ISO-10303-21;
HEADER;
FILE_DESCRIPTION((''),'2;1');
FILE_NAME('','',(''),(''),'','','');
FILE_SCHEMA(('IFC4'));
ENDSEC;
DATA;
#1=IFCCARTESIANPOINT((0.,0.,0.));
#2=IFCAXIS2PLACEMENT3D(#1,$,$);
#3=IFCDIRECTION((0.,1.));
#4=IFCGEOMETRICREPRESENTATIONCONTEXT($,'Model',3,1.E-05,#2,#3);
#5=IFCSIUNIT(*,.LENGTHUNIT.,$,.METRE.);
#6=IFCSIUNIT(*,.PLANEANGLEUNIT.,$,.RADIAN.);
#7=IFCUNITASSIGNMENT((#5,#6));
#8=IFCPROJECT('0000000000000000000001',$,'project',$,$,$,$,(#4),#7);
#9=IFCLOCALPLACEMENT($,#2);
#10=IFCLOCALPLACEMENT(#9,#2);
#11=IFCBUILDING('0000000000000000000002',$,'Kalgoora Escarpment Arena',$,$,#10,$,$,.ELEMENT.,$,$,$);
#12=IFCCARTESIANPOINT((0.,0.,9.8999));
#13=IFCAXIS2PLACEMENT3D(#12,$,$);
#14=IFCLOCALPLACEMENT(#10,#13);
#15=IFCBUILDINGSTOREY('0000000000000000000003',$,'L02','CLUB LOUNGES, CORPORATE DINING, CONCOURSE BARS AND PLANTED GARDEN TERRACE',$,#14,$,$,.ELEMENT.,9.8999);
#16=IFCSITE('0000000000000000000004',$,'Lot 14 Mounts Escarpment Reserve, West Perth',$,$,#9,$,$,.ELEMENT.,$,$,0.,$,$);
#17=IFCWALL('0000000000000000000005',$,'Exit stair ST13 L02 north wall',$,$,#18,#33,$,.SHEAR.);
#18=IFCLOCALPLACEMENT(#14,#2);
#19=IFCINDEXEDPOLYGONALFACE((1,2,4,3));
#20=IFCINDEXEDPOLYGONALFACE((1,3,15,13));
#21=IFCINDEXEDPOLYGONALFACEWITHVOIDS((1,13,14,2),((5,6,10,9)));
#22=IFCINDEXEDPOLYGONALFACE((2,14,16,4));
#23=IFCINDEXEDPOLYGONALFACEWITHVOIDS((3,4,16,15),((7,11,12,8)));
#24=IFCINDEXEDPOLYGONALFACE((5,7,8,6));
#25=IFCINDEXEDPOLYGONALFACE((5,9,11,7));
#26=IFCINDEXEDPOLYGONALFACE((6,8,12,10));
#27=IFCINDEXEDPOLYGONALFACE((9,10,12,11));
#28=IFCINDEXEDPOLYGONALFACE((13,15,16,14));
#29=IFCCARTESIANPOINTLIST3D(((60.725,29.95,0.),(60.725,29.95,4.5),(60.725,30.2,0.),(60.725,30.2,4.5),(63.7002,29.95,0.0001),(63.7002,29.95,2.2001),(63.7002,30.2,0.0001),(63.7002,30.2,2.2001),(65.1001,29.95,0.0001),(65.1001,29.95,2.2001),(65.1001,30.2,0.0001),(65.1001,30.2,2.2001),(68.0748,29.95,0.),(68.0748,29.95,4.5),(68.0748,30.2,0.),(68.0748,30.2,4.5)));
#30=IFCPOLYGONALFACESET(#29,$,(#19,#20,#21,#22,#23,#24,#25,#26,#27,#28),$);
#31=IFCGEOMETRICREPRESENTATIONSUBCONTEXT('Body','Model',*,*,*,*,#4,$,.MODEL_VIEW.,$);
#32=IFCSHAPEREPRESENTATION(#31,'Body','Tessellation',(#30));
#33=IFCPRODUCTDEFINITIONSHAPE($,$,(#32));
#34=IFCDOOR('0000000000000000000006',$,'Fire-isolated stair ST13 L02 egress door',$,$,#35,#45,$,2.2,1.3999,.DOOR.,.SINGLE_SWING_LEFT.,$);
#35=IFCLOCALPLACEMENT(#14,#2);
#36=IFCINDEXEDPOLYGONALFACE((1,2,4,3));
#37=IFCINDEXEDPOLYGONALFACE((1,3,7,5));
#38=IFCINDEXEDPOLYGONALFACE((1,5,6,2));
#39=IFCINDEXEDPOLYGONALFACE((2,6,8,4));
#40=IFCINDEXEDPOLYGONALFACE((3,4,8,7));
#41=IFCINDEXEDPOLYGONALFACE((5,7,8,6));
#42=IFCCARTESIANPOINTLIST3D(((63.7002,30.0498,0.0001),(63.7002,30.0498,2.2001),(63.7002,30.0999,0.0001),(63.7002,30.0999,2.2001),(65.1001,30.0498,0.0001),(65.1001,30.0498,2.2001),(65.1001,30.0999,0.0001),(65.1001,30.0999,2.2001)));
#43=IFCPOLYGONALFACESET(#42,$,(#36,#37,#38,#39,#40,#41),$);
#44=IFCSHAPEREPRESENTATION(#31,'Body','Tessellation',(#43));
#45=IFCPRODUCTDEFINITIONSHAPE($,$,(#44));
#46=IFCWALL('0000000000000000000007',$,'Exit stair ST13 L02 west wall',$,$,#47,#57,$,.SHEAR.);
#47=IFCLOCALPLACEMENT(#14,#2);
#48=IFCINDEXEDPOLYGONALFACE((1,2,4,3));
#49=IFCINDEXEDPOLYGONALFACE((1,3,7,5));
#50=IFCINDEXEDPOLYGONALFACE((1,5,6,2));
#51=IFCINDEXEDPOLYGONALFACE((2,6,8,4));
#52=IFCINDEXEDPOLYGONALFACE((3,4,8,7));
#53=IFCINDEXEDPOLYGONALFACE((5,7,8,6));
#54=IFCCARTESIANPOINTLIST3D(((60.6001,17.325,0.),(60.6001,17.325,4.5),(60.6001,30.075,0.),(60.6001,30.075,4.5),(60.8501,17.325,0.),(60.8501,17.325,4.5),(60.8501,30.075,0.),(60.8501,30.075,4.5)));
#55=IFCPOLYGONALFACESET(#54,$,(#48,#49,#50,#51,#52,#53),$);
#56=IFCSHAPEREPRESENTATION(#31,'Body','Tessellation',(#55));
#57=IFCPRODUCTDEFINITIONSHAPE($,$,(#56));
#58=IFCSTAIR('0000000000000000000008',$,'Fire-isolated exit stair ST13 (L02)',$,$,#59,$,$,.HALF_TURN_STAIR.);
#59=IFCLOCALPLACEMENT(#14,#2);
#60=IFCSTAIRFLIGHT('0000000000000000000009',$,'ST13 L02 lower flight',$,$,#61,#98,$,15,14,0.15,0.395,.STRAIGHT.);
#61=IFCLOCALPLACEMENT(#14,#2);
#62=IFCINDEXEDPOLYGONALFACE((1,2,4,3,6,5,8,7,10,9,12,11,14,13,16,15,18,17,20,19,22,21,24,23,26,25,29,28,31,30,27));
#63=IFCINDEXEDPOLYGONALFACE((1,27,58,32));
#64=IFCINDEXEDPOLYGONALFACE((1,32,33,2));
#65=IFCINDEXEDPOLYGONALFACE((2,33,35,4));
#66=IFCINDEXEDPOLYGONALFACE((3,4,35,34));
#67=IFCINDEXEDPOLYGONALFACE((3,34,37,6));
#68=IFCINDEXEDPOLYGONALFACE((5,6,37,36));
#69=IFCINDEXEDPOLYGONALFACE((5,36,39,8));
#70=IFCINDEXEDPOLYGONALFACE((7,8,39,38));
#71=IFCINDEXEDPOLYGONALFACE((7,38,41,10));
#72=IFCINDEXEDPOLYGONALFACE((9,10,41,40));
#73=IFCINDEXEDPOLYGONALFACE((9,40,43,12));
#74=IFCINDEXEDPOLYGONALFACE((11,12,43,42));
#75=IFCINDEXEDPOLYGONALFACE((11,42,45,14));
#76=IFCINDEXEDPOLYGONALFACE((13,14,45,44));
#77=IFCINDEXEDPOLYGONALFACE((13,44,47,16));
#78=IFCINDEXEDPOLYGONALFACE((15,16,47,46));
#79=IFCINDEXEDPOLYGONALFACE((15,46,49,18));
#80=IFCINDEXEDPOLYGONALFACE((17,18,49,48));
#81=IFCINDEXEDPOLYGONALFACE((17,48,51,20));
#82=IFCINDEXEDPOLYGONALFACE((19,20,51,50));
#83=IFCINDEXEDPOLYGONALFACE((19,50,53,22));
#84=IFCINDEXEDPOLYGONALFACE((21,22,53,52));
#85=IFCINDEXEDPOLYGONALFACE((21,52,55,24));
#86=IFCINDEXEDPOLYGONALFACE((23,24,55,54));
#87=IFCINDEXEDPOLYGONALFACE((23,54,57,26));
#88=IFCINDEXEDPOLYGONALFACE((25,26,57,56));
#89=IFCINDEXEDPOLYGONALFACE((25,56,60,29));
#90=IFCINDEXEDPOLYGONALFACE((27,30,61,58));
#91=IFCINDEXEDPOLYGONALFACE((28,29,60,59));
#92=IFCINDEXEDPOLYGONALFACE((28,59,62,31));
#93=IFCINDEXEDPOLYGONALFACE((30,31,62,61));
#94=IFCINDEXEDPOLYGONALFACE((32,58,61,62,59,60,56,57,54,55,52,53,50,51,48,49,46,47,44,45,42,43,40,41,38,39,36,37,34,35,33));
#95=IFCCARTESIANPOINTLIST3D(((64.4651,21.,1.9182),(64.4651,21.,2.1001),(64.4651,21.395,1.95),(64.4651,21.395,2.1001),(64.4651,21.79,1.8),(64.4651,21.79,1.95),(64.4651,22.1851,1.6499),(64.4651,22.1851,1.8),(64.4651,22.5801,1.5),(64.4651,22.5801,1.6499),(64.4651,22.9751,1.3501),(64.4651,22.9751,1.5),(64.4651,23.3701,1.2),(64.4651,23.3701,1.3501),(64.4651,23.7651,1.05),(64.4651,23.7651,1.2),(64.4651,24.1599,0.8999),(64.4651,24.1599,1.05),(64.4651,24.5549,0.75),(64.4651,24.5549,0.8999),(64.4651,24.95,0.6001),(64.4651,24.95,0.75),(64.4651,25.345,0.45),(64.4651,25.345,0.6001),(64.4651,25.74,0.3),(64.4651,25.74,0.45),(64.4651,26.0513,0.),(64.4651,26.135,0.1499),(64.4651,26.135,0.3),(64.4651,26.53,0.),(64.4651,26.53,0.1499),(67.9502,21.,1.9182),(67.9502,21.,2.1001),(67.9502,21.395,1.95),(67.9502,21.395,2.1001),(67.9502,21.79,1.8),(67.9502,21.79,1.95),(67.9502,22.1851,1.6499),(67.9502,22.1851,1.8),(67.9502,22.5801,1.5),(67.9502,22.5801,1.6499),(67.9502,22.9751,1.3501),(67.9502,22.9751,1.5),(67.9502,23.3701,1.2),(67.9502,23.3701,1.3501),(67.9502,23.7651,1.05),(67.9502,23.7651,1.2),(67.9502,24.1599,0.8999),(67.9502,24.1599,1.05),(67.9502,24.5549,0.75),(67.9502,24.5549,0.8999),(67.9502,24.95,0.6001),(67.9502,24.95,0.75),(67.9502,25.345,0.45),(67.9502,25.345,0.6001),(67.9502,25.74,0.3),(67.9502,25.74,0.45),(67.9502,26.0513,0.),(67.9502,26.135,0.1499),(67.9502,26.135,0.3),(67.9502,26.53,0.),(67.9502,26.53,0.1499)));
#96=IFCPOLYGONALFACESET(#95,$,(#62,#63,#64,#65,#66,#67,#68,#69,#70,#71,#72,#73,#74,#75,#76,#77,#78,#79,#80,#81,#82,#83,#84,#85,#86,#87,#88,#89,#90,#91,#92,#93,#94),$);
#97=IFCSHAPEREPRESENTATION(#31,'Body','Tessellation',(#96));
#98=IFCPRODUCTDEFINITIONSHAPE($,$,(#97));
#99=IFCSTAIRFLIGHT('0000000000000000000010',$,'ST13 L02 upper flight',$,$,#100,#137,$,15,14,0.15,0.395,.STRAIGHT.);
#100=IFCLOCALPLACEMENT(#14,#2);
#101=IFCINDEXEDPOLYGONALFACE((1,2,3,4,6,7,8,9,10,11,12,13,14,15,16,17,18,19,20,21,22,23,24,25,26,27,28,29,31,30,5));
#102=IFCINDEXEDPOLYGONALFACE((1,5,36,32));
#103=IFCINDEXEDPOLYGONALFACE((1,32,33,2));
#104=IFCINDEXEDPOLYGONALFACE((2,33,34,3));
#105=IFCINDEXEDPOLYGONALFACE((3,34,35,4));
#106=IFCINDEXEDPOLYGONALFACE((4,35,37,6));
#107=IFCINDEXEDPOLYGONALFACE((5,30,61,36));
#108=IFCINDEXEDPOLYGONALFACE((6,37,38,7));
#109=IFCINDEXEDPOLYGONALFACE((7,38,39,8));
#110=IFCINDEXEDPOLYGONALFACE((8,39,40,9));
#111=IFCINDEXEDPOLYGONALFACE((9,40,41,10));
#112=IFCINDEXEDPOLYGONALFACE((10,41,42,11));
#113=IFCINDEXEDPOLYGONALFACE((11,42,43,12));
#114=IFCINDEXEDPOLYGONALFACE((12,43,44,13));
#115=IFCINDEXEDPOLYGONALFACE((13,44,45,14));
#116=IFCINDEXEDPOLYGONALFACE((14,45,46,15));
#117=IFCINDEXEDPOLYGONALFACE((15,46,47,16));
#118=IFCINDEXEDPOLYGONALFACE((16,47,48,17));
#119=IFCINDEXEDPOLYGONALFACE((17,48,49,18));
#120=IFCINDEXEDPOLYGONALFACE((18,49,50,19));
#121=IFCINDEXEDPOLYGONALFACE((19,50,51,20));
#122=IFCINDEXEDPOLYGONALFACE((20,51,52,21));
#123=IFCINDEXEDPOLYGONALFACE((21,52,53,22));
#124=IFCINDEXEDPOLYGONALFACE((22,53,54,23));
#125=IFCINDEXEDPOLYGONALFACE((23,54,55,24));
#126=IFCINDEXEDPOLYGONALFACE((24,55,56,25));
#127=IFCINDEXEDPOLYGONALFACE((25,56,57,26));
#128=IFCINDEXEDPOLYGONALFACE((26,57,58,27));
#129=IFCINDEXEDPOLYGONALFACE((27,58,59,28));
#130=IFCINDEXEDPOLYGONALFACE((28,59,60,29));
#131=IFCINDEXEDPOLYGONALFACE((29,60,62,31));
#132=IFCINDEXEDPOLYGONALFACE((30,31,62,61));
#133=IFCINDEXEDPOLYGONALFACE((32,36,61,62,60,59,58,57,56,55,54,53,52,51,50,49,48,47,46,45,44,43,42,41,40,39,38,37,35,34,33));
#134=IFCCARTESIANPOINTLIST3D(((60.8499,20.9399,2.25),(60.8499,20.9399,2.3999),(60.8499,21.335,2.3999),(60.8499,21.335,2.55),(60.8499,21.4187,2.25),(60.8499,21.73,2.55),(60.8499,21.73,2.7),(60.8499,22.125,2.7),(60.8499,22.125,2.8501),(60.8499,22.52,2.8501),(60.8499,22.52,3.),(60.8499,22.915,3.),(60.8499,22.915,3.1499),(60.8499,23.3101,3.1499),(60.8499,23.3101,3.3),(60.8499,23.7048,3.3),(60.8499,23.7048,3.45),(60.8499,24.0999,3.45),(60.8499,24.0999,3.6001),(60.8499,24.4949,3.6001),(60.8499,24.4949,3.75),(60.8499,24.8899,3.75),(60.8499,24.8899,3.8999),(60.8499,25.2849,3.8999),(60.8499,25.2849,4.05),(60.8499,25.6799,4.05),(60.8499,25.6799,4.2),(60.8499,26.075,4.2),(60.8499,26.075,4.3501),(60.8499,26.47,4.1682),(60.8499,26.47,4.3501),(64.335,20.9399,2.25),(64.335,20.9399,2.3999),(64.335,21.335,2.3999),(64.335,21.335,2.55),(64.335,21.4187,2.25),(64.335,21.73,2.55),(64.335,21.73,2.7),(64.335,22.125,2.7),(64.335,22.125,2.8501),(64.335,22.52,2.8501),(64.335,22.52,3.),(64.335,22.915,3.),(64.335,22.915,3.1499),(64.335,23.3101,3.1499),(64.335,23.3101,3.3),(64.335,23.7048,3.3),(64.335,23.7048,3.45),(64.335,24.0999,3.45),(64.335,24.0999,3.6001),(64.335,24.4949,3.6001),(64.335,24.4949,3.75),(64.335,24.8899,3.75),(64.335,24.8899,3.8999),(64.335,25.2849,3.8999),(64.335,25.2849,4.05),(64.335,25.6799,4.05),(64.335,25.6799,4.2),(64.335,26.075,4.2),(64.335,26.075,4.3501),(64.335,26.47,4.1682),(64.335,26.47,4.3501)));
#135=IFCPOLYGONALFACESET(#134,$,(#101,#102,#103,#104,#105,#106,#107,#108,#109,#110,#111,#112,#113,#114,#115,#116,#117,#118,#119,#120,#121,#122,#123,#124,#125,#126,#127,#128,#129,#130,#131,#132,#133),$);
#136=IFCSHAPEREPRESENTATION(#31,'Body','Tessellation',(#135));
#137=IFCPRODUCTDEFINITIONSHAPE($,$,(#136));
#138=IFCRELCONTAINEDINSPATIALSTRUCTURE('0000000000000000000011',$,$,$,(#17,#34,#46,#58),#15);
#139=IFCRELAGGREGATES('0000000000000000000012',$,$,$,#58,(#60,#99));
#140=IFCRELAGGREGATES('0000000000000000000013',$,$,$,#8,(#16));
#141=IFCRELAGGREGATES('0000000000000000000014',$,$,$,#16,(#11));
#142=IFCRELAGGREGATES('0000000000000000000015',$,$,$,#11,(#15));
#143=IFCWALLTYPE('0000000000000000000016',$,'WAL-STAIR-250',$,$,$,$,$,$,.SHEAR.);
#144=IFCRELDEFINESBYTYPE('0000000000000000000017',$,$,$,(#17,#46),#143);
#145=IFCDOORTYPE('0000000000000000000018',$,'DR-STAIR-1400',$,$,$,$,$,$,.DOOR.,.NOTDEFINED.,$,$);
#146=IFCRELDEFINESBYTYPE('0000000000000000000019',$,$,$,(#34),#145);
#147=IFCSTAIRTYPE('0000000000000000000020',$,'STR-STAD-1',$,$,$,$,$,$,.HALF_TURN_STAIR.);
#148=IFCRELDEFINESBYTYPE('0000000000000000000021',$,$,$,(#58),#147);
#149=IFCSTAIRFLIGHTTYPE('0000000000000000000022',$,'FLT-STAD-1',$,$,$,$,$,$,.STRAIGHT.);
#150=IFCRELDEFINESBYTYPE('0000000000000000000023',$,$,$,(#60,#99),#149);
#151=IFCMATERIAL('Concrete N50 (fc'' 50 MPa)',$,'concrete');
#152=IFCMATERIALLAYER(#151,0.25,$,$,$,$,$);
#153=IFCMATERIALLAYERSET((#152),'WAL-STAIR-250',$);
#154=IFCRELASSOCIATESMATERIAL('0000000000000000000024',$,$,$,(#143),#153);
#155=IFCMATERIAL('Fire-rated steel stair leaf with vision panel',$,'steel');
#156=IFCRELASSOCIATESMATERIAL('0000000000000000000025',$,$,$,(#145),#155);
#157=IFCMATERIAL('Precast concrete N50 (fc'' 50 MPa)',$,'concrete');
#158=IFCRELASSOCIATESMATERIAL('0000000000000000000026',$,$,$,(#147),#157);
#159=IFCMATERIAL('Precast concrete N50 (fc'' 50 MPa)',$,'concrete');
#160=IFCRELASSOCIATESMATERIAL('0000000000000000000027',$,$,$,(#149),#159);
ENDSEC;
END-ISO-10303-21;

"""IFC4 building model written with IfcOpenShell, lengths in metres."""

from ifc_helpers import new_model, si_unit, direction, frame, frame_2d, origin, place, context, subcontext, project, spatial, polyline, rectangle, outline, extrude, material, layer, layer_set, type_object, element, fill, aggregate, save


model = new_model("IFC4")

# Units and contexts
model_context = context("Model", 3, precision=1e-05, world=origin(), true_north=direction((0.0, 1.0)))
body_context = subcontext(model_context, "Body", "Model", "MODEL_VIEW")
ifc_project = project(units=[si_unit("LENGTHUNIT", "METRE"), si_unit("PLANEANGLEUNIT", "RADIAN")], contexts=[model_context])

# Site, building, storey
site_placement = place(None, origin())
site = spatial("IfcSite", under=ifc_project, at=site_placement, Name="Lot 14 Mounts Escarpment Reserve, West Perth", CompositionType="ELEMENT", RefElevation=0.0)
building_placement = place(site_placement, origin())
building = spatial("IfcBuilding", under=site, at=building_placement, Name="Kalgoora Escarpment Arena", CompositionType="ELEMENT")
storey_placement = place(building_placement, frame((0.0, 0.0, 9.8999)))
storey = spatial("IfcBuildingStorey", under=building, at=storey_placement, Name="L02", Description="CLUB LOUNGES, CORPORATE DINING, CONCOURSE BARS AND PLANTED GARDEN TERRACE", CompositionType="ELEMENT", Elevation=9.8999)

# Shared definitions
ifc_material_1 = material(Name="Concrete N50 (fc' 50 MPa)", Category="concrete")
ifc_layer_1 = layer(ifc_material_1, 0.25)
ifc_layer_set_1 = layer_set([ifc_layer_1], Name="WAL-STAIR-250")
wall_type_1 = type_object("IfcWallType", Name="WAL-STAIR-250", PredefinedType="SHEAR", material=ifc_layer_set_1)

# Wall, opening, door
wall_1_placement = place(storey_placement, frame((60.7251, 30.075, 0.0), z_axis=(0.0, 0.0, 1.0), x_axis=(1.0, 0.0, 0.0)))
wall_1 = element("IfcWall", 1, at=wall_1_placement, inside=storey, type_object=wall_type_1, Name="Exit stair ST13 L02 north wall", PredefinedType="SHEAR", context=body_context, shape_type="SweptSolid", body=[
    extrude(rectangle(XDim=7.3499, YDim=0.25, at=frame_2d((3.6748, 0.0))), origin(), (0.0, 0.0, 1.0), 4.5),
])
opening_1_placement = place(wall_1_placement, frame((2.9751, 0.0, 0.0)))
opening_1 = element("IfcOpeningElement", 2, at=opening_1_placement, cuts=wall_1, PredefinedType="OPENING", context=body_context, shape_type="SweptSolid", body=[
    extrude(rectangle(XDim=1.3999, YDim=2.2, at=frame_2d((0.7, 1.1001))), frame((0.0, 0.135, 0.0), z_axis=(0.0, -1.0, 0.0), x_axis=(1.0, 0.0, 0.0)), (0.0, 0.0, 1.0), 0.27),
])
ifc_material_2 = material(Name="Fire-rated steel stair leaf with vision panel", Category="steel")
door_type_1 = type_object("IfcDoorType", Name="DR-STAIR-1400", OperationType="NOTDEFINED", PredefinedType="DOOR", material=ifc_material_2)
door_1_placement = place(opening_1_placement, origin())
door_1 = element("IfcDoor", 3, at=door_1_placement, inside=storey, type_object=door_type_1, Name="Fire-isolated stair ST13 L02 egress door", OperationType="SINGLE_SWING_LEFT", OverallHeight=2.2, OverallWidth=1.3999, PredefinedType="DOOR", context=body_context, shape_type="SweptSolid", body=[
    extrude(rectangle(XDim=1.3999, YDim=2.2, at=frame_2d((0.7, 1.1001))), frame((0.0, 0.0249, 0.0), z_axis=(0.0, -1.0, 0.0), x_axis=(1.0, 0.0, 0.0)), (0.0, 0.0, 1.0), 0.05),
])
fill(opening_1, door_1)

# Wall
wall_2_placement = place(storey_placement, frame((60.7251, 17.325, 0.0), z_axis=(0.0, 0.0, 1.0), x_axis=(0.0, 1.0, 0.0)))
element("IfcWall", 4, at=wall_2_placement, inside=storey, type_object=wall_type_1, Name="Exit stair ST13 L02 west wall", PredefinedType="SHEAR", context=body_context, shape_type="SweptSolid", body=[
    extrude(rectangle(XDim=12.75, YDim=0.25, at=frame_2d((6.375, 0.0))), origin(), (0.0, 0.0, 1.0), 4.5),
])

# Stair, stair flights
ifc_material_3 = material(Name="Precast concrete N50 (fc' 50 MPa)", Category="concrete")
stair_type = type_object("IfcStairType", Name="STR-STAD-1", PredefinedType="HALF_TURN_STAIR", material=ifc_material_3)
stair_placement = place(storey_placement, origin())
stair = element("IfcStair", 5, at=stair_placement, inside=storey, type_object=stair_type, Name="Fire-isolated exit stair ST13 (L02)", PredefinedType="HALF_TURN_STAIR")
ifc_material_4 = material(Name="Precast concrete N50 (fc' 50 MPa)", Category="concrete")
stair_flight_type = type_object("IfcStairFlightType", Name="FLT-STAD-1", PredefinedType="STRAIGHT", material=ifc_material_4)
stair_flight_1_placement = place(storey_placement, frame((66.2075, 26.53, 0.0), z_axis=(0.0, 0.0, 1.0), x_axis=(0.0, -1.0, 0.0)))
stair_flight_1 = element("IfcStairFlight", 6, at=stair_flight_1_placement, type_object=stair_flight_type, Name="ST13 L02 lower flight", NumberOfRisers=15, NumberOfTreads=14, PredefinedType="STRAIGHT", RiserHeight=0.15, TreadLength=0.395, context=body_context, shape_type="SweptSolid", body=[
    extrude(outline(polyline([(0.0, 0.0), (0.0, 0.1499), (0.395, 0.1499), (0.395, 0.3), (0.79, 0.3), (0.79, 0.45), (1.1851, 0.45), (1.1851, 0.6001), (1.5801, 0.6001), (1.5801, 0.75), (1.9751, 0.75), (1.9751, 0.8999), (2.3701, 0.8999), (2.3701, 1.05), (2.7649, 1.05), (2.7649, 1.2), (3.1599, 1.2), (3.1599, 1.3501), (3.5549, 1.3501), (3.5549, 1.5), (3.95, 1.5), (3.95, 1.6499), (4.345, 1.6499), (4.345, 1.8), (4.74, 1.8), (4.74, 1.95), (5.135, 1.95), (5.135, 2.1001), (5.53, 2.1001), (5.53, 2.25), (5.53, 1.9182), (0.4788, 0.0), (0.0, 0.0)])), frame((0.0, 1.7427, 0.0), z_axis=(0.0, -1.0, 0.0), x_axis=(1.0, 0.0, 0.0)), (0.0, 0.0, 1.0), 3.4851),
])
stair_flight_2_placement = place(storey_placement, frame((62.5925, 20.9399, 2.25), z_axis=(0.0, 0.0, 1.0), x_axis=(0.0, 1.0, 0.0)))
stair_flight_2 = element("IfcStairFlight", 7, at=stair_flight_2_placement, type_object=stair_flight_type, Name="ST13 L02 upper flight", NumberOfRisers=15, NumberOfTreads=14, PredefinedType="STRAIGHT", RiserHeight=0.15, TreadLength=0.395, context=body_context, shape_type="SweptSolid", body=[
    extrude(outline(polyline([(0.0, 0.0), (0.0, 0.1499), (0.395, 0.1499), (0.395, 0.3), (0.79, 0.3), (0.79, 0.45), (1.1851, 0.45), (1.1851, 0.6001), (1.5801, 0.6001), (1.5801, 0.75), (1.9751, 0.75), (1.9751, 0.8999), (2.3701, 0.8999), (2.3701, 1.05), (2.7649, 1.05), (2.7649, 1.2), (3.1599, 1.2), (3.1599, 1.3501), (3.5549, 1.3501), (3.5549, 1.5), (3.95, 1.5), (3.95, 1.6499), (4.345, 1.6499), (4.345, 1.8), (4.74, 1.8), (4.74, 1.95), (5.135, 1.95), (5.135, 2.1001), (5.53, 2.1001), (5.53, 2.25), (5.53, 1.9182), (0.4788, 0.0), (0.0, 0.0)])), frame((0.0, 1.7427, 0.0), z_axis=(0.0, -1.0, 0.0), x_axis=(1.0, 0.0, 0.0)), (0.0, 0.0, 1.0), 3.4851),
])
aggregate(stair, [stair_flight_1, stair_flight_2])

save(model, "model.ifc")
